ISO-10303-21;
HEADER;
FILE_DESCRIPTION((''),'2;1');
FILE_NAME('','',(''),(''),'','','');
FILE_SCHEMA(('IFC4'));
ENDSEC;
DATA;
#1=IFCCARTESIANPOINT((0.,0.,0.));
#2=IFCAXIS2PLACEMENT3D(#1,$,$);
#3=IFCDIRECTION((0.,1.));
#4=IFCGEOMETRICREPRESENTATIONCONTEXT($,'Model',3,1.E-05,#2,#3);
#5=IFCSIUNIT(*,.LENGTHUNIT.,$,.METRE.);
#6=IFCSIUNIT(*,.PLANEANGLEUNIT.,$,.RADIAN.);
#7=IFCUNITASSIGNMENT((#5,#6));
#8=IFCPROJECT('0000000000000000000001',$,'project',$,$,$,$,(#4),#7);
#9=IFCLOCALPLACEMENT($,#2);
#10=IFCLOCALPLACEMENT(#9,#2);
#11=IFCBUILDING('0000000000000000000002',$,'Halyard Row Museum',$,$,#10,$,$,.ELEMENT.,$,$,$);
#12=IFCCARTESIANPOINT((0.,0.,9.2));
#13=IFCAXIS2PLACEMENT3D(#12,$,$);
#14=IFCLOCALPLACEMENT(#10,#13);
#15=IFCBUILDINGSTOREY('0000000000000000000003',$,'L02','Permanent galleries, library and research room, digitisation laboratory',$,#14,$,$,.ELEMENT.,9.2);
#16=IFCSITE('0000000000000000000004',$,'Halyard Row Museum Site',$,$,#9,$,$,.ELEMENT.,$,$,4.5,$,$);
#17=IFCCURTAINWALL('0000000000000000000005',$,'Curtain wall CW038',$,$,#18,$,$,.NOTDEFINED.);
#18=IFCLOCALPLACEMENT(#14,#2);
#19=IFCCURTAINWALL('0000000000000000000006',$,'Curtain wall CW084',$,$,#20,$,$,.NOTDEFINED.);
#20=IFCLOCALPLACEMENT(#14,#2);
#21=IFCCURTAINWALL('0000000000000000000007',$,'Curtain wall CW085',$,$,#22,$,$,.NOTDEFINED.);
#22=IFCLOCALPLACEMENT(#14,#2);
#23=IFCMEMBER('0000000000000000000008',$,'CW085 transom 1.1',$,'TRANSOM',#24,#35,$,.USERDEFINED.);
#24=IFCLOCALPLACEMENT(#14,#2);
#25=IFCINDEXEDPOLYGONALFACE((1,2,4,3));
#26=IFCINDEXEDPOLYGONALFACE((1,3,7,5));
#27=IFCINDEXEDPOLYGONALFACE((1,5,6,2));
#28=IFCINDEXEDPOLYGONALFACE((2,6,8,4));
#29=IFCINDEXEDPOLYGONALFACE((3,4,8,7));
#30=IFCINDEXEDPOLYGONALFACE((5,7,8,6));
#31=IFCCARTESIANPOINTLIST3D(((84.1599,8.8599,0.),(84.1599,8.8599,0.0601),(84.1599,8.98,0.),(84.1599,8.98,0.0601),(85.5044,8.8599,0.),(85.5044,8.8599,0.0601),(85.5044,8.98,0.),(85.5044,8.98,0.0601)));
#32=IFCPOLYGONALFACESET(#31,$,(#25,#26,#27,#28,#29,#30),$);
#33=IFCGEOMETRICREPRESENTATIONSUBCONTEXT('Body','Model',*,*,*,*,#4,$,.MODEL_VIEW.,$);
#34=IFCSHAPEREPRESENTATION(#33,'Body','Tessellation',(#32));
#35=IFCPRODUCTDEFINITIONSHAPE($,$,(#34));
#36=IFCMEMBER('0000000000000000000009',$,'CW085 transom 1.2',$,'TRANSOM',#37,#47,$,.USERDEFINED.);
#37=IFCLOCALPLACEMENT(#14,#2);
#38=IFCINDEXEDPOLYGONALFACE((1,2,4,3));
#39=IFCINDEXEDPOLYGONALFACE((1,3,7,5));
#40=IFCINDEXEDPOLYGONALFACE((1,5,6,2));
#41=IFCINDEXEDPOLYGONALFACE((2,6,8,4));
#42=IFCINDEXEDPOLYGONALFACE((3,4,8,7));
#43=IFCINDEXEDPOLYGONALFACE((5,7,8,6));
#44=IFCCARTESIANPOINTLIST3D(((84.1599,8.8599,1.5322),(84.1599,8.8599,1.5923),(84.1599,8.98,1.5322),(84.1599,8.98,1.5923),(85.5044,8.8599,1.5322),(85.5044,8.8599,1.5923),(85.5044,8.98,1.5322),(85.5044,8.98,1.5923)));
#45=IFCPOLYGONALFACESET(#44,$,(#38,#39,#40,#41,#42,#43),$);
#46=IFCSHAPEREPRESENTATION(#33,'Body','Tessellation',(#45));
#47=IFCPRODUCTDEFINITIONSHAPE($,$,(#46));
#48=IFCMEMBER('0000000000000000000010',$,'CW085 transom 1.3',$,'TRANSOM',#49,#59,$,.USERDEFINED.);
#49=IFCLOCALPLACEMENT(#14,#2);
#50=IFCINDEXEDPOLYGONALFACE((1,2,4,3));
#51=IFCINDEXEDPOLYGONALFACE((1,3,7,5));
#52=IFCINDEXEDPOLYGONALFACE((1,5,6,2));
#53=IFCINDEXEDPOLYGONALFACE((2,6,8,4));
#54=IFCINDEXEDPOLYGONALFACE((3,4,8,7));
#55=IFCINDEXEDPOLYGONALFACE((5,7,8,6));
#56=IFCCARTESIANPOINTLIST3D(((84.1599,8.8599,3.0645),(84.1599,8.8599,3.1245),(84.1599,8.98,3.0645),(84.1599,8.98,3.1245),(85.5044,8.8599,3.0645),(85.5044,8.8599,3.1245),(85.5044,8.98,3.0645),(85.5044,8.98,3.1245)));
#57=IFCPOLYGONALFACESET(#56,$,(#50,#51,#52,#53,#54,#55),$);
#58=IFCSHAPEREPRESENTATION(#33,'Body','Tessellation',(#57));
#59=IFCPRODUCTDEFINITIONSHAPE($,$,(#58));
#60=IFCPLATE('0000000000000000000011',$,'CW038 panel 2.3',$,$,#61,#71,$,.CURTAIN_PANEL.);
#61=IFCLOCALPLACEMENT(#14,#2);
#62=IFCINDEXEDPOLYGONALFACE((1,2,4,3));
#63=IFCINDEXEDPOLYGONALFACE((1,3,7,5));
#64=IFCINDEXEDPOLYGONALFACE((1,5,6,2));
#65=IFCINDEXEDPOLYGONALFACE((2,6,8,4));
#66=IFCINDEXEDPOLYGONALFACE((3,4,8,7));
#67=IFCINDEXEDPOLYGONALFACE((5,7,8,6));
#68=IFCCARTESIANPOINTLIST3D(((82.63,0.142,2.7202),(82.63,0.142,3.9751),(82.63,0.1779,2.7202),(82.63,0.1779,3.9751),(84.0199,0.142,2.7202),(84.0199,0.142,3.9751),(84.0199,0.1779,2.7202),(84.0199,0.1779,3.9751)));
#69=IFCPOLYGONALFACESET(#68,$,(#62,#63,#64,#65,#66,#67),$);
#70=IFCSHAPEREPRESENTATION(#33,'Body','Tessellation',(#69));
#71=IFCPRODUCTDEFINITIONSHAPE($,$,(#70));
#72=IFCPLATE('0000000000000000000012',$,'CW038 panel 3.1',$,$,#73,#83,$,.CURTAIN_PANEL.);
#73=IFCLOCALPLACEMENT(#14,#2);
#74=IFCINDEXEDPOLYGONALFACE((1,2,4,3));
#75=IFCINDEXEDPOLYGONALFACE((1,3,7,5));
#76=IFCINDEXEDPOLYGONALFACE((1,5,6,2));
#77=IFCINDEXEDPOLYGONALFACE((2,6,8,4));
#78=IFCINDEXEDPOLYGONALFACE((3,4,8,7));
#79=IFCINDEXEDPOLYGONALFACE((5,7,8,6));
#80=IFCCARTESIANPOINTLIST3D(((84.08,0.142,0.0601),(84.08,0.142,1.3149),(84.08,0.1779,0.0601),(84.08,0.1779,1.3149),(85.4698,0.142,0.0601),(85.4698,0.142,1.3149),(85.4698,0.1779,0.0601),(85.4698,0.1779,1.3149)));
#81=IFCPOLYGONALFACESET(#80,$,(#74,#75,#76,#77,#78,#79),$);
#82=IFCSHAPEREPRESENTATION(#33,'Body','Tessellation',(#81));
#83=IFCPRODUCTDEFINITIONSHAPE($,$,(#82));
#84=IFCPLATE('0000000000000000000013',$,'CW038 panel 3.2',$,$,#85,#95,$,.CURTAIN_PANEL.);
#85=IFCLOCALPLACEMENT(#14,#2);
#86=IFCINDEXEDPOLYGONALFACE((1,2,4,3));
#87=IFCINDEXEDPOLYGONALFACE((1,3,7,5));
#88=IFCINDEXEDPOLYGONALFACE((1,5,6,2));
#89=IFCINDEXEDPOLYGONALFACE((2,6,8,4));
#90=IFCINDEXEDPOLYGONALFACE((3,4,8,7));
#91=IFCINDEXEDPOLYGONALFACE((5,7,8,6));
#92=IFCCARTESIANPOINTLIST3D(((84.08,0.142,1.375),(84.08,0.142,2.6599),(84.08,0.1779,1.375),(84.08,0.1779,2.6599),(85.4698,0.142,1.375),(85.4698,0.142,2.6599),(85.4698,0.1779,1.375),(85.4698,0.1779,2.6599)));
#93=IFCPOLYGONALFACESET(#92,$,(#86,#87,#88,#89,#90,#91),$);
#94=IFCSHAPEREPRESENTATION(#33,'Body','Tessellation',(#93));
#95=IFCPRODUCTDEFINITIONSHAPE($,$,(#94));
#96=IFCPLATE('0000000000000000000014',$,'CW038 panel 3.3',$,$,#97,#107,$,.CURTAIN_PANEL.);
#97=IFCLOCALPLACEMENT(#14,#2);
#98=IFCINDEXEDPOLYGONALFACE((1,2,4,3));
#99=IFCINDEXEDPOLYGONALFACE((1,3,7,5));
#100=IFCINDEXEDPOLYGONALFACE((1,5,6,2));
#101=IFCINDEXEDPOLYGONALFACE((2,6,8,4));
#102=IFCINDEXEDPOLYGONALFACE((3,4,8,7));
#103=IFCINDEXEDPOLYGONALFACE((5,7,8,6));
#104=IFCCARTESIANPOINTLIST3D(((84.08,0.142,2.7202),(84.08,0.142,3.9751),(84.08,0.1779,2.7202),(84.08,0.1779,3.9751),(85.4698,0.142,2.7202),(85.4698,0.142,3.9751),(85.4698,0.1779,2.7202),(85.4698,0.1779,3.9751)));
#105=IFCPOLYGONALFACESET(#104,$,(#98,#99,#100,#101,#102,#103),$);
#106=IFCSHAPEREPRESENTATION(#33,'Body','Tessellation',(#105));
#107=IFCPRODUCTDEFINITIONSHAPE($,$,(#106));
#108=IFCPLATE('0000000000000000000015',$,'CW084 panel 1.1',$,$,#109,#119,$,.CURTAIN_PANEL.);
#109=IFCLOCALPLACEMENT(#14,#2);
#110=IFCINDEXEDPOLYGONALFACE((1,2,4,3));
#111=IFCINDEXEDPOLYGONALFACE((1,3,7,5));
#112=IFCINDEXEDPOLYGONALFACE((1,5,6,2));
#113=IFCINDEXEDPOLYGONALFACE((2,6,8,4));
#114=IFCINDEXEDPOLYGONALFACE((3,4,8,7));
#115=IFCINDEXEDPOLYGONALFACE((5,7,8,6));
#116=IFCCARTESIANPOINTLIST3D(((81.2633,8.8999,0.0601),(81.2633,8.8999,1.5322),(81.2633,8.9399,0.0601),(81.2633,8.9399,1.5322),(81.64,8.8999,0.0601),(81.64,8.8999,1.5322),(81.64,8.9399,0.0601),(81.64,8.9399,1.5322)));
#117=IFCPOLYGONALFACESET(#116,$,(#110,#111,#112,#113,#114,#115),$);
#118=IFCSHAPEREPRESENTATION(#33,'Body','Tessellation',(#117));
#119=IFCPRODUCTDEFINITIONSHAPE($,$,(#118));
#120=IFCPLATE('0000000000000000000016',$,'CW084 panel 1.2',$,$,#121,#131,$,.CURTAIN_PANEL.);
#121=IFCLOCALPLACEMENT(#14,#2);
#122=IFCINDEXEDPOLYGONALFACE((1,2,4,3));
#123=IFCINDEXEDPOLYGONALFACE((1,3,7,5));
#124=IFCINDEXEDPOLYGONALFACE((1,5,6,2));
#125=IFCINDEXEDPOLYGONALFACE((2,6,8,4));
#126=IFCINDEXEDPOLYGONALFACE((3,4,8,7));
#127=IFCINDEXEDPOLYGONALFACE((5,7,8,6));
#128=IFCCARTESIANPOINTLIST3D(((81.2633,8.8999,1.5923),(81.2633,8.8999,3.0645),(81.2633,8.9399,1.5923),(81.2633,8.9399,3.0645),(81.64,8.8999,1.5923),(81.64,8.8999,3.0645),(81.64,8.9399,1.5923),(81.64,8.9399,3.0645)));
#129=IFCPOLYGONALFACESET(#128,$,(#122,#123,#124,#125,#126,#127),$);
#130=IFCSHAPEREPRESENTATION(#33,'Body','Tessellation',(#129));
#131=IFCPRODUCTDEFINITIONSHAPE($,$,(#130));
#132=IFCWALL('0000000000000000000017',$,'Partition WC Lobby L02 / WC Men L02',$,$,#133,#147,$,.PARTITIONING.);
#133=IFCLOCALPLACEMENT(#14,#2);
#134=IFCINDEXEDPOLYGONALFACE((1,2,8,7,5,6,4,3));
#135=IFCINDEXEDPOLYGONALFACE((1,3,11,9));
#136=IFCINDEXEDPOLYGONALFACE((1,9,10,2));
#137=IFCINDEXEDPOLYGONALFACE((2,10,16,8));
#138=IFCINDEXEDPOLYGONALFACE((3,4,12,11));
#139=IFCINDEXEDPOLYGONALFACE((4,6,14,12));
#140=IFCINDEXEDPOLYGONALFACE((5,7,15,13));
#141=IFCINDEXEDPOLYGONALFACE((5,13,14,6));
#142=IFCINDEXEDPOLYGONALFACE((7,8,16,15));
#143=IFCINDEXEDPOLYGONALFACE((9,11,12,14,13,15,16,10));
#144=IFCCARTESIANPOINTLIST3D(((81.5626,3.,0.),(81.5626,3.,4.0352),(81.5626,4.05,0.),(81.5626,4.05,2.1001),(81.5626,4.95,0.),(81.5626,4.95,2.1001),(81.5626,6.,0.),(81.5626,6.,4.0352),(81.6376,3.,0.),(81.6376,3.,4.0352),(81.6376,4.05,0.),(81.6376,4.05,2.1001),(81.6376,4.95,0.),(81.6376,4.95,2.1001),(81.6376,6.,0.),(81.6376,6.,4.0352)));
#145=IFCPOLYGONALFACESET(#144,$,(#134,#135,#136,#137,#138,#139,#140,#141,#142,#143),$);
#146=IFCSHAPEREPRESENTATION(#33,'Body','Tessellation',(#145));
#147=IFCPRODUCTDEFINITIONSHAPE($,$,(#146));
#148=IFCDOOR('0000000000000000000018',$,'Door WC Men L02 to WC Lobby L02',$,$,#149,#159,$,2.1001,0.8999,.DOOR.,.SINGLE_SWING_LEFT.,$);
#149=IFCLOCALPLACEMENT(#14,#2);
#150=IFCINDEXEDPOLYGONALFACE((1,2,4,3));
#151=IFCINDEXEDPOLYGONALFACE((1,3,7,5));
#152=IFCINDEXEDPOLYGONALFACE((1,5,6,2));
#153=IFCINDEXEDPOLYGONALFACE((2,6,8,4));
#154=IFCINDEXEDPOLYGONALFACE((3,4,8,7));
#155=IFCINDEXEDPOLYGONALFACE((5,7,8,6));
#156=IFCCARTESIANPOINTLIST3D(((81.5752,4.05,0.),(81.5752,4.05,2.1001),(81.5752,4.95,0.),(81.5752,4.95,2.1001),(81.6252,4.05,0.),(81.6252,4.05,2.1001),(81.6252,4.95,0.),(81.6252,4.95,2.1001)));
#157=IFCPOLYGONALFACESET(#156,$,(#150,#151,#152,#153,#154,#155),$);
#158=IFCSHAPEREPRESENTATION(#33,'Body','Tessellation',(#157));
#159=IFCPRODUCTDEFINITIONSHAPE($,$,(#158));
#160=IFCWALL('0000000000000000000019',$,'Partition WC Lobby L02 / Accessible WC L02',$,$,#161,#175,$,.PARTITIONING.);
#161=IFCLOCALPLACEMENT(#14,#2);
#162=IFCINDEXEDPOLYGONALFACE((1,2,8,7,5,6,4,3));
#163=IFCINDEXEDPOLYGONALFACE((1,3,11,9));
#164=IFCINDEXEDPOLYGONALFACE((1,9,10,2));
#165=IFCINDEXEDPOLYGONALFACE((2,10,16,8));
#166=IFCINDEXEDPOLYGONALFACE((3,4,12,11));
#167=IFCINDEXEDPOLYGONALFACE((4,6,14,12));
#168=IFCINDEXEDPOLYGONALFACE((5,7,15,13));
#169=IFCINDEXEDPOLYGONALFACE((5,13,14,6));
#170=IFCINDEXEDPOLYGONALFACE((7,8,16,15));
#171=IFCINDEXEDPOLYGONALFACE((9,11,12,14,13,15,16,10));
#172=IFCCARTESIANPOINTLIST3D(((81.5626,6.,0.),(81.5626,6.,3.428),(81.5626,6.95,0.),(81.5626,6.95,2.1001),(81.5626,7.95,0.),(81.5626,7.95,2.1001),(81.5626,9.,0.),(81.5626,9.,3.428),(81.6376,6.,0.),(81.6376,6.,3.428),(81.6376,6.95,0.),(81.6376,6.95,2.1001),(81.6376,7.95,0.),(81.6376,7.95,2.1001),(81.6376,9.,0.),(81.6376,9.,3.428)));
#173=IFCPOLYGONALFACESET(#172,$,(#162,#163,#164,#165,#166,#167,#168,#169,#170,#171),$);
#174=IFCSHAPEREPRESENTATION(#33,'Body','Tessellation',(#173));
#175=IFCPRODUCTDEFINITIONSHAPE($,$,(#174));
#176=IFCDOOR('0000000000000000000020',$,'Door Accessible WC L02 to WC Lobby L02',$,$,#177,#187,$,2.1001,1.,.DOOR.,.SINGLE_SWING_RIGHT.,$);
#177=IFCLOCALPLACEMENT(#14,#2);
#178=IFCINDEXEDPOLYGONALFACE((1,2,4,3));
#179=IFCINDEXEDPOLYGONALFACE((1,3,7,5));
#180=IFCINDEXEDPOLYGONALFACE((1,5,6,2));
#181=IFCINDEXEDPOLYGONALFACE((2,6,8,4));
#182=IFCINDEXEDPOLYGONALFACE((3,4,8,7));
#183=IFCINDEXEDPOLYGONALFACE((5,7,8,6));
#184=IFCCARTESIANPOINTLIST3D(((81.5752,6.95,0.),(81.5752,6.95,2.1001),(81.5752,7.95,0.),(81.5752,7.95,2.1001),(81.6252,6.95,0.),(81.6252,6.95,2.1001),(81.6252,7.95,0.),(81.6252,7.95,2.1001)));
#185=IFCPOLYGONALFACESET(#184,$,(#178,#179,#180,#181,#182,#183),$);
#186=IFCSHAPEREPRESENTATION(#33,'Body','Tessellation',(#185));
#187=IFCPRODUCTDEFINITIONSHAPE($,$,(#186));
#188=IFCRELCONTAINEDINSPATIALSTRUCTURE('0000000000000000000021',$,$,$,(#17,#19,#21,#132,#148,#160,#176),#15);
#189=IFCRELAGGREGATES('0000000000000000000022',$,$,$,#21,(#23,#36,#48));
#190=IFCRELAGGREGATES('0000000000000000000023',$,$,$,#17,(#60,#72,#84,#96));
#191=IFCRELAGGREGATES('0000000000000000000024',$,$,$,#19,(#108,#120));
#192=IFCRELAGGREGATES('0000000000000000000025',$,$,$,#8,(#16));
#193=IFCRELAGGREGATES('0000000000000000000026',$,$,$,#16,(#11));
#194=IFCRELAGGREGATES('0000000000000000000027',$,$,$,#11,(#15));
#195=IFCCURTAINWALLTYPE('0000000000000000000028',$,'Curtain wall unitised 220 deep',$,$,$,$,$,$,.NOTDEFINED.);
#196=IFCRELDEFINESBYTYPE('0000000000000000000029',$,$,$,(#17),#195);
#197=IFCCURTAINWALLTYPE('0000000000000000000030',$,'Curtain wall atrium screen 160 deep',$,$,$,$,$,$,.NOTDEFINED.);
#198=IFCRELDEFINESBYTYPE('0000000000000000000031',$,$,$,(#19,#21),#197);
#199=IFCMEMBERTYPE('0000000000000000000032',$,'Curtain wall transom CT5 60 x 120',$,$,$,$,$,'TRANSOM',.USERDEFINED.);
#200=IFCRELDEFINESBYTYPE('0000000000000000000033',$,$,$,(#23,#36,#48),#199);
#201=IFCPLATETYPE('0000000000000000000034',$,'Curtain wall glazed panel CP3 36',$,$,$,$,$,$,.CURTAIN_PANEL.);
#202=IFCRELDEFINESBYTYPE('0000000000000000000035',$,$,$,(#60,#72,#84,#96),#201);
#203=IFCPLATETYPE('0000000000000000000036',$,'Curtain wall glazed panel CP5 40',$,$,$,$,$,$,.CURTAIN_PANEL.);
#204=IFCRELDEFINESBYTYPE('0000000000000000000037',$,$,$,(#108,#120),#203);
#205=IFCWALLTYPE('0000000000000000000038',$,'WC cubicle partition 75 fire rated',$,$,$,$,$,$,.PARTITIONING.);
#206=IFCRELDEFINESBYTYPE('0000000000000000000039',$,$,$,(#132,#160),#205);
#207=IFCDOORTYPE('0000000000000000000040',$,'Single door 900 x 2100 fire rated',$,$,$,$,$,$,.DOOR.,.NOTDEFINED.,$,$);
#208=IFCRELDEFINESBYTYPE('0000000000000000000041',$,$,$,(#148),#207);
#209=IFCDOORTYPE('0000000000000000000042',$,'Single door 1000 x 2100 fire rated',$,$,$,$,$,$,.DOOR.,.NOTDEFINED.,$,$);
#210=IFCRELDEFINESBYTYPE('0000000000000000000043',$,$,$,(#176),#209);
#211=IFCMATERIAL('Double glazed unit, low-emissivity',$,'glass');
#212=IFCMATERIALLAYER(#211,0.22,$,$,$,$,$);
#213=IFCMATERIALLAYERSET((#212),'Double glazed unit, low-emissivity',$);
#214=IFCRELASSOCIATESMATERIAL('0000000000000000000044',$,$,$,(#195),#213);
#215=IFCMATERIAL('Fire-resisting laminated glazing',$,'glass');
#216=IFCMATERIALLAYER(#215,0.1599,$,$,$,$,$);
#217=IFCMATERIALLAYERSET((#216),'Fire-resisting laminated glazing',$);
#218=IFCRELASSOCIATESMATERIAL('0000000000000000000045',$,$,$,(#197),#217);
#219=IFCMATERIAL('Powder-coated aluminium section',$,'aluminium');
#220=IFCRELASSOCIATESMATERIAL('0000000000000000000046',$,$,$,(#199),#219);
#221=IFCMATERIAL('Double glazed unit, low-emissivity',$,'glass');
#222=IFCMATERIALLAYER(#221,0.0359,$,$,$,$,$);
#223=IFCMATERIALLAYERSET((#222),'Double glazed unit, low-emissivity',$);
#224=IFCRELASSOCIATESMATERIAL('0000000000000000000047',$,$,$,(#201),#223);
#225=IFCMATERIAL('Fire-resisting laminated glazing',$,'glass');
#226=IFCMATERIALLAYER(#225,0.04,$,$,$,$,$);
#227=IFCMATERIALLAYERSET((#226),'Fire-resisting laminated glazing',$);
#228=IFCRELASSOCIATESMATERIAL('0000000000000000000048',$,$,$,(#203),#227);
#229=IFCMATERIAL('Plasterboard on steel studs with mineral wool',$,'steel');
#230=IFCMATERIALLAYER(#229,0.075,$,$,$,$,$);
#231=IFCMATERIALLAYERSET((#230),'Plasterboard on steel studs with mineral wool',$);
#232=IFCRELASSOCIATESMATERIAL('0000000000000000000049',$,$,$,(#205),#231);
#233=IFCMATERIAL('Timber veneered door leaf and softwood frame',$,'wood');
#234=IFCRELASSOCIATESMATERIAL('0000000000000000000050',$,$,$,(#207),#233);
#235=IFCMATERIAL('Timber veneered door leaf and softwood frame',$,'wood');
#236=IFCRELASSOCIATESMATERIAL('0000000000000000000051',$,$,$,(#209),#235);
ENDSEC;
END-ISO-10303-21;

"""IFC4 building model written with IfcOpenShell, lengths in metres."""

from ifc_helpers import new_model, si_unit, direction, frame, frame_2d, origin, origin_2d, place, context, subcontext, project, spatial, rectangle, extrude, material, layer, layer_set, material_profile, profile_set, type_object, element, fill, aggregate, save


model = new_model("IFC4")

# Units and contexts
model_context = context("Model", 3, precision=1e-05, world=origin(), true_north=direction((0.0, 1.0)))
body_context = subcontext(model_context, "Body", "Model", "MODEL_VIEW")
ifc_project = project(units=[si_unit("LENGTHUNIT", "METRE"), si_unit("PLANEANGLEUNIT", "RADIAN")], contexts=[model_context])

# Site, building, storey
site_placement = place(None, origin())
site = spatial("IfcSite", under=ifc_project, at=site_placement, Name="Halyard Row Museum Site", CompositionType="ELEMENT", RefElevation=4.5)
building_placement = place(site_placement, origin())
building = spatial("IfcBuilding", under=site, at=building_placement, Name="Halyard Row Museum", CompositionType="ELEMENT")
storey_placement = place(building_placement, frame((0.0, 0.0, 9.2)))
storey = spatial("IfcBuildingStorey", under=building, at=storey_placement, Name="L02", Description="Permanent galleries, library and research room, digitisation laboratory", CompositionType="ELEMENT", Elevation=9.2)

# Curtain walls
ifc_material_1 = material(Name="Double glazed unit, low-emissivity", Category="glass")
ifc_layer_1 = layer(ifc_material_1, 0.22)
ifc_layer_set_1 = layer_set([ifc_layer_1], Name="Double glazed unit, low-emissivity")
curtain_wall_type_1 = type_object("IfcCurtainWallType", Name="Curtain wall unitised 220 deep", PredefinedType="NOTDEFINED", material=ifc_layer_set_1)
curtain_wall_1_placement = place(storey_placement, origin())
curtain_wall_1 = element("IfcCurtainWall", 1, at=curtain_wall_1_placement, inside=storey, type_object=curtain_wall_type_1, Name="Curtain wall CW038", PredefinedType="NOTDEFINED")
ifc_material_2 = material(Name="Fire-resisting laminated glazing", Category="glass")
ifc_layer_2 = layer(ifc_material_2, 0.1599)
ifc_layer_set_2 = layer_set([ifc_layer_2], Name="Fire-resisting laminated glazing")
curtain_wall_type_2 = type_object("IfcCurtainWallType", Name="Curtain wall atrium screen 160 deep", PredefinedType="NOTDEFINED", material=ifc_layer_set_2)
curtain_wall_2_placement = place(storey_placement, origin())
curtain_wall_2 = element("IfcCurtainWall", 2, at=curtain_wall_2_placement, inside=storey, type_object=curtain_wall_type_2, Name="Curtain wall CW084", PredefinedType="NOTDEFINED")

# Curtain wall
curtain_wall_3_placement = place(storey_placement, origin())
curtain_wall_3 = element("IfcCurtainWall", 3, at=curtain_wall_3_placement, inside=storey, type_object=curtain_wall_type_2, Name="Curtain wall CW085", PredefinedType="NOTDEFINED")

# Members
ifc_material_3 = material(Name="Powder-coated aluminium section", Category="aluminium")
ifc_material_profile_1 = material_profile(ifc_material_3, rectangle(XDim=0.1201, YDim=0.0601, at=origin_2d()), Name="120x60 transom")
ifc_profile_set_1 = profile_set([ifc_material_profile_1], Name="Powder-coated aluminium section")
member_type_1 = type_object("IfcMemberType", Name="Curtain wall transom CT5 60 x 120", ElementType="TRANSOM", PredefinedType="USERDEFINED", material=ifc_profile_set_1)
member_1_placement = place(storey_placement, frame((84.1599, 8.9199, 0.03), z_axis=(1.0, 0.0, 0.0), x_axis=(0.0, 1.0, 0.0)))
member_1 = element("IfcMember", 4, at=member_1_placement, type_object=member_type_1, Name="CW085 transom 1.1", ObjectType="TRANSOM", PredefinedType="USERDEFINED", context=body_context, shape_type="SweptSolid", body=[
    extrude(rectangle(XDim=0.1201, YDim=0.0601, at=origin_2d()), origin(), (0.0, 0.0, 1.0), 1.3445),
])
member_2_placement = place(storey_placement, frame((84.1599, 8.9199, 1.5623), z_axis=(1.0, 0.0, 0.0), x_axis=(0.0, 1.0, 0.0)))
member_2 = element("IfcMember", 5, at=member_2_placement, type_object=member_type_1, Name="CW085 transom 1.2", ObjectType="TRANSOM", PredefinedType="USERDEFINED", context=body_context, shape_type="SweptSolid", body=[
    extrude(rectangle(XDim=0.1201, YDim=0.0601, at=origin_2d()), origin(), (0.0, 0.0, 1.0), 1.3445),
])
member_3_placement = place(storey_placement, frame((84.1599, 8.9199, 3.0945), z_axis=(1.0, 0.0, 0.0), x_axis=(0.0, 1.0, 0.0)))
member_3 = element("IfcMember", 6, at=member_3_placement, type_object=member_type_1, Name="CW085 transom 1.3", ObjectType="TRANSOM", PredefinedType="USERDEFINED", context=body_context, shape_type="SweptSolid", body=[
    extrude(rectangle(XDim=0.1201, YDim=0.0601, at=origin_2d()), origin(), (0.0, 0.0, 1.0), 1.3445),
])
aggregate(curtain_wall_3, [member_1, member_2, member_3])

# Plates
ifc_material_4 = material(Name="Double glazed unit, low-emissivity", Category="glass")
ifc_layer_3 = layer(ifc_material_4, 0.0359)
ifc_layer_set_3 = layer_set([ifc_layer_3], Name="Double glazed unit, low-emissivity")
plate_type_1 = type_object("IfcPlateType", Name="Curtain wall glazed panel CP3 36", PredefinedType="CURTAIN_PANEL", material=ifc_layer_set_3)
plate_1_placement = place(storey_placement, frame((83.325, 0.1599, 2.7202), z_axis=(0.0, 0.0, 1.0), x_axis=(1.0, 0.0, 0.0)))
plate_1 = element("IfcPlate", 7, at=plate_1_placement, type_object=plate_type_1, Name="CW038 panel 2.3", PredefinedType="CURTAIN_PANEL", context=body_context, shape_type="SweptSolid", body=[
    extrude(rectangle(XDim=1.3899, YDim=0.0359, at=origin_2d()), origin(), (0.0, 0.0, 1.0), 1.2549),
])
plate_2_placement = place(storey_placement, frame((84.7749, 0.1599, 0.0601), z_axis=(0.0, 0.0, 1.0), x_axis=(1.0, 0.0, 0.0)))
plate_2 = element("IfcPlate", 8, at=plate_2_placement, type_object=plate_type_1, Name="CW038 panel 3.1", PredefinedType="CURTAIN_PANEL", context=body_context, shape_type="SweptSolid", body=[
    extrude(rectangle(XDim=1.3899, YDim=0.0359, at=origin_2d()), origin(), (0.0, 0.0, 1.0), 1.2549),
])
plate_3_placement = place(storey_placement, frame((84.7749, 0.1599, 1.375), z_axis=(0.0, 0.0, 1.0), x_axis=(1.0, 0.0, 0.0)))
plate_3 = element("IfcPlate", 9, at=plate_3_placement, type_object=plate_type_1, Name="CW038 panel 3.2", PredefinedType="CURTAIN_PANEL", context=body_context, shape_type="SweptSolid", body=[
    extrude(rectangle(XDim=1.3899, YDim=0.0359, at=origin_2d()), origin(), (0.0, 0.0, 1.0), 1.2849),
])
plate_4_placement = place(storey_placement, frame((84.7749, 0.1599, 2.7202), z_axis=(0.0, 0.0, 1.0), x_axis=(1.0, 0.0, 0.0)))
plate_4 = element("IfcPlate", 10, at=plate_4_placement, type_object=plate_type_1, Name="CW038 panel 3.3", PredefinedType="CURTAIN_PANEL", context=body_context, shape_type="SweptSolid", body=[
    extrude(rectangle(XDim=1.3899, YDim=0.0359, at=origin_2d()), origin(), (0.0, 0.0, 1.0), 1.2549),
])
aggregate(curtain_wall_1, [plate_1, plate_2, plate_3, plate_4])
ifc_material_5 = material(Name="Fire-resisting laminated glazing", Category="glass")
ifc_layer_4 = layer(ifc_material_5, 0.04)
ifc_layer_set_4 = layer_set([ifc_layer_4], Name="Fire-resisting laminated glazing")
plate_type_2 = type_object("IfcPlateType", Name="Curtain wall glazed panel CP5 40", PredefinedType="CURTAIN_PANEL", material=ifc_layer_set_4)
plate_5_placement = place(storey_placement, frame((81.4517, 8.9199, 0.0601), z_axis=(0.0, 0.0, 1.0), x_axis=(1.0, 0.0, 0.0)))
plate_5 = element("IfcPlate", 11, at=plate_5_placement, type_object=plate_type_2, Name="CW084 panel 1.1", PredefinedType="CURTAIN_PANEL", context=body_context, shape_type="SweptSolid", body=[
    extrude(rectangle(XDim=0.3767, YDim=0.04, at=origin_2d()), origin(), (0.0, 0.0, 1.0), 1.4722),
])
plate_6_placement = place(storey_placement, frame((81.4517, 8.9199, 1.5923), z_axis=(0.0, 0.0, 1.0), x_axis=(1.0, 0.0, 0.0)))
plate_6 = element("IfcPlate", 12, at=plate_6_placement, type_object=plate_type_2, Name="CW084 panel 1.2", PredefinedType="CURTAIN_PANEL", context=body_context, shape_type="SweptSolid", body=[
    extrude(rectangle(XDim=0.3767, YDim=0.04, at=origin_2d()), origin(), (0.0, 0.0, 1.0), 1.4722),
])
aggregate(curtain_wall_2, [plate_5, plate_6])

# Walls, openings, doors
ifc_material_6 = material(Name="Plasterboard on steel studs with mineral wool", Category="steel")
ifc_layer_5 = layer(ifc_material_6, 0.075)
ifc_layer_set_5 = layer_set([ifc_layer_5], Name="Plasterboard on steel studs with mineral wool")
wall_type_1 = type_object("IfcWallType", Name="WC cubicle partition 75 fire rated", PredefinedType="PARTITIONING", material=ifc_layer_set_5)
wall_1_placement = place(storey_placement, frame((81.6001, 3.0, 0.0), z_axis=(0.0, 0.0, 1.0), x_axis=(0.0, 1.0, 0.0)))
wall_1 = element("IfcWall", 13, at=wall_1_placement, inside=storey, type_object=wall_type_1, Name="Partition WC Lobby L02 / WC Men L02", PredefinedType="PARTITIONING", context=body_context, shape_type="SweptSolid", body=[
    extrude(rectangle(XDim=3.0, YDim=0.075, at=frame_2d((1.5, 0.0))), origin(), (0.0, 0.0, 1.0), 4.0352),
])
opening_1_placement = place(wall_1_placement, frame((1.05, 0.0, 0.0)))
opening_1 = element("IfcOpeningElement", 14, at=opening_1_placement, cuts=wall_1, PredefinedType="OPENING", context=body_context, shape_type="SweptSolid", body=[
    extrude(rectangle(XDim=0.8999, YDim=2.1001, at=frame_2d((0.45, 1.05))), frame((0.0, 0.0474, 0.0), z_axis=(0.0, -1.0, 0.0), x_axis=(1.0, 0.0, 0.0)), (0.0, 0.0, 1.0), 0.095),
])
ifc_material_7 = material(Name="Timber veneered door leaf and softwood frame", Category="wood")
door_type_1 = type_object("IfcDoorType", Name="Single door 900 x 2100 fire rated", OperationType="NOTDEFINED", PredefinedType="DOOR", material=ifc_material_7)
door_1_placement = place(opening_1_placement, origin())
door_1 = element("IfcDoor", 15, at=door_1_placement, inside=storey, type_object=door_type_1, Name="Door WC Men L02 to WC Lobby L02", OperationType="SINGLE_SWING_LEFT", OverallHeight=2.1001, OverallWidth=0.8999, PredefinedType="DOOR", context=body_context, shape_type="SweptSolid", body=[
    extrude(rectangle(XDim=0.8999, YDim=2.1001, at=frame_2d((0.45, 1.05))), frame((0.0, 0.0249, 0.0), z_axis=(0.0, -1.0, 0.0), x_axis=(1.0, 0.0, 0.0)), (0.0, 0.0, 1.0), 0.05),
])
fill(opening_1, door_1)
wall_2_placement = place(storey_placement, frame((81.6001, 6.0, 0.0), z_axis=(0.0, 0.0, 1.0), x_axis=(0.0, 1.0, 0.0)))
wall_2 = element("IfcWall", 16, at=wall_2_placement, inside=storey, type_object=wall_type_1, Name="Partition WC Lobby L02 / Accessible WC L02", PredefinedType="PARTITIONING", context=body_context, shape_type="SweptSolid", body=[
    extrude(rectangle(XDim=3.0, YDim=0.075, at=frame_2d((1.5, 0.0))), origin(), (0.0, 0.0, 1.0), 3.428),
])
opening_2_placement = place(wall_2_placement, frame((0.95, 0.0, 0.0)))
opening_2 = element("IfcOpeningElement", 17, at=opening_2_placement, cuts=wall_2, PredefinedType="OPENING", context=body_context, shape_type="SweptSolid", body=[
    extrude(rectangle(XDim=1.0, YDim=2.1001, at=frame_2d((0.5, 1.05))), frame((0.0, 0.0474, 0.0), z_axis=(0.0, -1.0, 0.0), x_axis=(1.0, 0.0, 0.0)), (0.0, 0.0, 1.0), 0.095),
])
ifc_material_8 = material(Name="Timber veneered door leaf and softwood frame", Category="wood")
door_type_2 = type_object("IfcDoorType", Name="Single door 1000 x 2100 fire rated", OperationType="NOTDEFINED", PredefinedType="DOOR", material=ifc_material_8)
door_2_placement = place(opening_2_placement, origin())
door_2 = element("IfcDoor", 18, at=door_2_placement, inside=storey, type_object=door_type_2, Name="Door Accessible WC L02 to WC Lobby L02", OperationType="SINGLE_SWING_RIGHT", OverallHeight=2.1001, OverallWidth=1.0, PredefinedType="DOOR", context=body_context, shape_type="SweptSolid", body=[
    extrude(rectangle(XDim=1.0, YDim=2.1001, at=frame_2d((0.5, 1.05))), frame((0.0, 0.0249, 0.0), z_axis=(0.0, -1.0, 0.0), x_axis=(1.0, 0.0, 0.0)), (0.0, 0.0, 1.0), 0.05),
])
fill(opening_2, door_2)

save(model, "model.ifc")
